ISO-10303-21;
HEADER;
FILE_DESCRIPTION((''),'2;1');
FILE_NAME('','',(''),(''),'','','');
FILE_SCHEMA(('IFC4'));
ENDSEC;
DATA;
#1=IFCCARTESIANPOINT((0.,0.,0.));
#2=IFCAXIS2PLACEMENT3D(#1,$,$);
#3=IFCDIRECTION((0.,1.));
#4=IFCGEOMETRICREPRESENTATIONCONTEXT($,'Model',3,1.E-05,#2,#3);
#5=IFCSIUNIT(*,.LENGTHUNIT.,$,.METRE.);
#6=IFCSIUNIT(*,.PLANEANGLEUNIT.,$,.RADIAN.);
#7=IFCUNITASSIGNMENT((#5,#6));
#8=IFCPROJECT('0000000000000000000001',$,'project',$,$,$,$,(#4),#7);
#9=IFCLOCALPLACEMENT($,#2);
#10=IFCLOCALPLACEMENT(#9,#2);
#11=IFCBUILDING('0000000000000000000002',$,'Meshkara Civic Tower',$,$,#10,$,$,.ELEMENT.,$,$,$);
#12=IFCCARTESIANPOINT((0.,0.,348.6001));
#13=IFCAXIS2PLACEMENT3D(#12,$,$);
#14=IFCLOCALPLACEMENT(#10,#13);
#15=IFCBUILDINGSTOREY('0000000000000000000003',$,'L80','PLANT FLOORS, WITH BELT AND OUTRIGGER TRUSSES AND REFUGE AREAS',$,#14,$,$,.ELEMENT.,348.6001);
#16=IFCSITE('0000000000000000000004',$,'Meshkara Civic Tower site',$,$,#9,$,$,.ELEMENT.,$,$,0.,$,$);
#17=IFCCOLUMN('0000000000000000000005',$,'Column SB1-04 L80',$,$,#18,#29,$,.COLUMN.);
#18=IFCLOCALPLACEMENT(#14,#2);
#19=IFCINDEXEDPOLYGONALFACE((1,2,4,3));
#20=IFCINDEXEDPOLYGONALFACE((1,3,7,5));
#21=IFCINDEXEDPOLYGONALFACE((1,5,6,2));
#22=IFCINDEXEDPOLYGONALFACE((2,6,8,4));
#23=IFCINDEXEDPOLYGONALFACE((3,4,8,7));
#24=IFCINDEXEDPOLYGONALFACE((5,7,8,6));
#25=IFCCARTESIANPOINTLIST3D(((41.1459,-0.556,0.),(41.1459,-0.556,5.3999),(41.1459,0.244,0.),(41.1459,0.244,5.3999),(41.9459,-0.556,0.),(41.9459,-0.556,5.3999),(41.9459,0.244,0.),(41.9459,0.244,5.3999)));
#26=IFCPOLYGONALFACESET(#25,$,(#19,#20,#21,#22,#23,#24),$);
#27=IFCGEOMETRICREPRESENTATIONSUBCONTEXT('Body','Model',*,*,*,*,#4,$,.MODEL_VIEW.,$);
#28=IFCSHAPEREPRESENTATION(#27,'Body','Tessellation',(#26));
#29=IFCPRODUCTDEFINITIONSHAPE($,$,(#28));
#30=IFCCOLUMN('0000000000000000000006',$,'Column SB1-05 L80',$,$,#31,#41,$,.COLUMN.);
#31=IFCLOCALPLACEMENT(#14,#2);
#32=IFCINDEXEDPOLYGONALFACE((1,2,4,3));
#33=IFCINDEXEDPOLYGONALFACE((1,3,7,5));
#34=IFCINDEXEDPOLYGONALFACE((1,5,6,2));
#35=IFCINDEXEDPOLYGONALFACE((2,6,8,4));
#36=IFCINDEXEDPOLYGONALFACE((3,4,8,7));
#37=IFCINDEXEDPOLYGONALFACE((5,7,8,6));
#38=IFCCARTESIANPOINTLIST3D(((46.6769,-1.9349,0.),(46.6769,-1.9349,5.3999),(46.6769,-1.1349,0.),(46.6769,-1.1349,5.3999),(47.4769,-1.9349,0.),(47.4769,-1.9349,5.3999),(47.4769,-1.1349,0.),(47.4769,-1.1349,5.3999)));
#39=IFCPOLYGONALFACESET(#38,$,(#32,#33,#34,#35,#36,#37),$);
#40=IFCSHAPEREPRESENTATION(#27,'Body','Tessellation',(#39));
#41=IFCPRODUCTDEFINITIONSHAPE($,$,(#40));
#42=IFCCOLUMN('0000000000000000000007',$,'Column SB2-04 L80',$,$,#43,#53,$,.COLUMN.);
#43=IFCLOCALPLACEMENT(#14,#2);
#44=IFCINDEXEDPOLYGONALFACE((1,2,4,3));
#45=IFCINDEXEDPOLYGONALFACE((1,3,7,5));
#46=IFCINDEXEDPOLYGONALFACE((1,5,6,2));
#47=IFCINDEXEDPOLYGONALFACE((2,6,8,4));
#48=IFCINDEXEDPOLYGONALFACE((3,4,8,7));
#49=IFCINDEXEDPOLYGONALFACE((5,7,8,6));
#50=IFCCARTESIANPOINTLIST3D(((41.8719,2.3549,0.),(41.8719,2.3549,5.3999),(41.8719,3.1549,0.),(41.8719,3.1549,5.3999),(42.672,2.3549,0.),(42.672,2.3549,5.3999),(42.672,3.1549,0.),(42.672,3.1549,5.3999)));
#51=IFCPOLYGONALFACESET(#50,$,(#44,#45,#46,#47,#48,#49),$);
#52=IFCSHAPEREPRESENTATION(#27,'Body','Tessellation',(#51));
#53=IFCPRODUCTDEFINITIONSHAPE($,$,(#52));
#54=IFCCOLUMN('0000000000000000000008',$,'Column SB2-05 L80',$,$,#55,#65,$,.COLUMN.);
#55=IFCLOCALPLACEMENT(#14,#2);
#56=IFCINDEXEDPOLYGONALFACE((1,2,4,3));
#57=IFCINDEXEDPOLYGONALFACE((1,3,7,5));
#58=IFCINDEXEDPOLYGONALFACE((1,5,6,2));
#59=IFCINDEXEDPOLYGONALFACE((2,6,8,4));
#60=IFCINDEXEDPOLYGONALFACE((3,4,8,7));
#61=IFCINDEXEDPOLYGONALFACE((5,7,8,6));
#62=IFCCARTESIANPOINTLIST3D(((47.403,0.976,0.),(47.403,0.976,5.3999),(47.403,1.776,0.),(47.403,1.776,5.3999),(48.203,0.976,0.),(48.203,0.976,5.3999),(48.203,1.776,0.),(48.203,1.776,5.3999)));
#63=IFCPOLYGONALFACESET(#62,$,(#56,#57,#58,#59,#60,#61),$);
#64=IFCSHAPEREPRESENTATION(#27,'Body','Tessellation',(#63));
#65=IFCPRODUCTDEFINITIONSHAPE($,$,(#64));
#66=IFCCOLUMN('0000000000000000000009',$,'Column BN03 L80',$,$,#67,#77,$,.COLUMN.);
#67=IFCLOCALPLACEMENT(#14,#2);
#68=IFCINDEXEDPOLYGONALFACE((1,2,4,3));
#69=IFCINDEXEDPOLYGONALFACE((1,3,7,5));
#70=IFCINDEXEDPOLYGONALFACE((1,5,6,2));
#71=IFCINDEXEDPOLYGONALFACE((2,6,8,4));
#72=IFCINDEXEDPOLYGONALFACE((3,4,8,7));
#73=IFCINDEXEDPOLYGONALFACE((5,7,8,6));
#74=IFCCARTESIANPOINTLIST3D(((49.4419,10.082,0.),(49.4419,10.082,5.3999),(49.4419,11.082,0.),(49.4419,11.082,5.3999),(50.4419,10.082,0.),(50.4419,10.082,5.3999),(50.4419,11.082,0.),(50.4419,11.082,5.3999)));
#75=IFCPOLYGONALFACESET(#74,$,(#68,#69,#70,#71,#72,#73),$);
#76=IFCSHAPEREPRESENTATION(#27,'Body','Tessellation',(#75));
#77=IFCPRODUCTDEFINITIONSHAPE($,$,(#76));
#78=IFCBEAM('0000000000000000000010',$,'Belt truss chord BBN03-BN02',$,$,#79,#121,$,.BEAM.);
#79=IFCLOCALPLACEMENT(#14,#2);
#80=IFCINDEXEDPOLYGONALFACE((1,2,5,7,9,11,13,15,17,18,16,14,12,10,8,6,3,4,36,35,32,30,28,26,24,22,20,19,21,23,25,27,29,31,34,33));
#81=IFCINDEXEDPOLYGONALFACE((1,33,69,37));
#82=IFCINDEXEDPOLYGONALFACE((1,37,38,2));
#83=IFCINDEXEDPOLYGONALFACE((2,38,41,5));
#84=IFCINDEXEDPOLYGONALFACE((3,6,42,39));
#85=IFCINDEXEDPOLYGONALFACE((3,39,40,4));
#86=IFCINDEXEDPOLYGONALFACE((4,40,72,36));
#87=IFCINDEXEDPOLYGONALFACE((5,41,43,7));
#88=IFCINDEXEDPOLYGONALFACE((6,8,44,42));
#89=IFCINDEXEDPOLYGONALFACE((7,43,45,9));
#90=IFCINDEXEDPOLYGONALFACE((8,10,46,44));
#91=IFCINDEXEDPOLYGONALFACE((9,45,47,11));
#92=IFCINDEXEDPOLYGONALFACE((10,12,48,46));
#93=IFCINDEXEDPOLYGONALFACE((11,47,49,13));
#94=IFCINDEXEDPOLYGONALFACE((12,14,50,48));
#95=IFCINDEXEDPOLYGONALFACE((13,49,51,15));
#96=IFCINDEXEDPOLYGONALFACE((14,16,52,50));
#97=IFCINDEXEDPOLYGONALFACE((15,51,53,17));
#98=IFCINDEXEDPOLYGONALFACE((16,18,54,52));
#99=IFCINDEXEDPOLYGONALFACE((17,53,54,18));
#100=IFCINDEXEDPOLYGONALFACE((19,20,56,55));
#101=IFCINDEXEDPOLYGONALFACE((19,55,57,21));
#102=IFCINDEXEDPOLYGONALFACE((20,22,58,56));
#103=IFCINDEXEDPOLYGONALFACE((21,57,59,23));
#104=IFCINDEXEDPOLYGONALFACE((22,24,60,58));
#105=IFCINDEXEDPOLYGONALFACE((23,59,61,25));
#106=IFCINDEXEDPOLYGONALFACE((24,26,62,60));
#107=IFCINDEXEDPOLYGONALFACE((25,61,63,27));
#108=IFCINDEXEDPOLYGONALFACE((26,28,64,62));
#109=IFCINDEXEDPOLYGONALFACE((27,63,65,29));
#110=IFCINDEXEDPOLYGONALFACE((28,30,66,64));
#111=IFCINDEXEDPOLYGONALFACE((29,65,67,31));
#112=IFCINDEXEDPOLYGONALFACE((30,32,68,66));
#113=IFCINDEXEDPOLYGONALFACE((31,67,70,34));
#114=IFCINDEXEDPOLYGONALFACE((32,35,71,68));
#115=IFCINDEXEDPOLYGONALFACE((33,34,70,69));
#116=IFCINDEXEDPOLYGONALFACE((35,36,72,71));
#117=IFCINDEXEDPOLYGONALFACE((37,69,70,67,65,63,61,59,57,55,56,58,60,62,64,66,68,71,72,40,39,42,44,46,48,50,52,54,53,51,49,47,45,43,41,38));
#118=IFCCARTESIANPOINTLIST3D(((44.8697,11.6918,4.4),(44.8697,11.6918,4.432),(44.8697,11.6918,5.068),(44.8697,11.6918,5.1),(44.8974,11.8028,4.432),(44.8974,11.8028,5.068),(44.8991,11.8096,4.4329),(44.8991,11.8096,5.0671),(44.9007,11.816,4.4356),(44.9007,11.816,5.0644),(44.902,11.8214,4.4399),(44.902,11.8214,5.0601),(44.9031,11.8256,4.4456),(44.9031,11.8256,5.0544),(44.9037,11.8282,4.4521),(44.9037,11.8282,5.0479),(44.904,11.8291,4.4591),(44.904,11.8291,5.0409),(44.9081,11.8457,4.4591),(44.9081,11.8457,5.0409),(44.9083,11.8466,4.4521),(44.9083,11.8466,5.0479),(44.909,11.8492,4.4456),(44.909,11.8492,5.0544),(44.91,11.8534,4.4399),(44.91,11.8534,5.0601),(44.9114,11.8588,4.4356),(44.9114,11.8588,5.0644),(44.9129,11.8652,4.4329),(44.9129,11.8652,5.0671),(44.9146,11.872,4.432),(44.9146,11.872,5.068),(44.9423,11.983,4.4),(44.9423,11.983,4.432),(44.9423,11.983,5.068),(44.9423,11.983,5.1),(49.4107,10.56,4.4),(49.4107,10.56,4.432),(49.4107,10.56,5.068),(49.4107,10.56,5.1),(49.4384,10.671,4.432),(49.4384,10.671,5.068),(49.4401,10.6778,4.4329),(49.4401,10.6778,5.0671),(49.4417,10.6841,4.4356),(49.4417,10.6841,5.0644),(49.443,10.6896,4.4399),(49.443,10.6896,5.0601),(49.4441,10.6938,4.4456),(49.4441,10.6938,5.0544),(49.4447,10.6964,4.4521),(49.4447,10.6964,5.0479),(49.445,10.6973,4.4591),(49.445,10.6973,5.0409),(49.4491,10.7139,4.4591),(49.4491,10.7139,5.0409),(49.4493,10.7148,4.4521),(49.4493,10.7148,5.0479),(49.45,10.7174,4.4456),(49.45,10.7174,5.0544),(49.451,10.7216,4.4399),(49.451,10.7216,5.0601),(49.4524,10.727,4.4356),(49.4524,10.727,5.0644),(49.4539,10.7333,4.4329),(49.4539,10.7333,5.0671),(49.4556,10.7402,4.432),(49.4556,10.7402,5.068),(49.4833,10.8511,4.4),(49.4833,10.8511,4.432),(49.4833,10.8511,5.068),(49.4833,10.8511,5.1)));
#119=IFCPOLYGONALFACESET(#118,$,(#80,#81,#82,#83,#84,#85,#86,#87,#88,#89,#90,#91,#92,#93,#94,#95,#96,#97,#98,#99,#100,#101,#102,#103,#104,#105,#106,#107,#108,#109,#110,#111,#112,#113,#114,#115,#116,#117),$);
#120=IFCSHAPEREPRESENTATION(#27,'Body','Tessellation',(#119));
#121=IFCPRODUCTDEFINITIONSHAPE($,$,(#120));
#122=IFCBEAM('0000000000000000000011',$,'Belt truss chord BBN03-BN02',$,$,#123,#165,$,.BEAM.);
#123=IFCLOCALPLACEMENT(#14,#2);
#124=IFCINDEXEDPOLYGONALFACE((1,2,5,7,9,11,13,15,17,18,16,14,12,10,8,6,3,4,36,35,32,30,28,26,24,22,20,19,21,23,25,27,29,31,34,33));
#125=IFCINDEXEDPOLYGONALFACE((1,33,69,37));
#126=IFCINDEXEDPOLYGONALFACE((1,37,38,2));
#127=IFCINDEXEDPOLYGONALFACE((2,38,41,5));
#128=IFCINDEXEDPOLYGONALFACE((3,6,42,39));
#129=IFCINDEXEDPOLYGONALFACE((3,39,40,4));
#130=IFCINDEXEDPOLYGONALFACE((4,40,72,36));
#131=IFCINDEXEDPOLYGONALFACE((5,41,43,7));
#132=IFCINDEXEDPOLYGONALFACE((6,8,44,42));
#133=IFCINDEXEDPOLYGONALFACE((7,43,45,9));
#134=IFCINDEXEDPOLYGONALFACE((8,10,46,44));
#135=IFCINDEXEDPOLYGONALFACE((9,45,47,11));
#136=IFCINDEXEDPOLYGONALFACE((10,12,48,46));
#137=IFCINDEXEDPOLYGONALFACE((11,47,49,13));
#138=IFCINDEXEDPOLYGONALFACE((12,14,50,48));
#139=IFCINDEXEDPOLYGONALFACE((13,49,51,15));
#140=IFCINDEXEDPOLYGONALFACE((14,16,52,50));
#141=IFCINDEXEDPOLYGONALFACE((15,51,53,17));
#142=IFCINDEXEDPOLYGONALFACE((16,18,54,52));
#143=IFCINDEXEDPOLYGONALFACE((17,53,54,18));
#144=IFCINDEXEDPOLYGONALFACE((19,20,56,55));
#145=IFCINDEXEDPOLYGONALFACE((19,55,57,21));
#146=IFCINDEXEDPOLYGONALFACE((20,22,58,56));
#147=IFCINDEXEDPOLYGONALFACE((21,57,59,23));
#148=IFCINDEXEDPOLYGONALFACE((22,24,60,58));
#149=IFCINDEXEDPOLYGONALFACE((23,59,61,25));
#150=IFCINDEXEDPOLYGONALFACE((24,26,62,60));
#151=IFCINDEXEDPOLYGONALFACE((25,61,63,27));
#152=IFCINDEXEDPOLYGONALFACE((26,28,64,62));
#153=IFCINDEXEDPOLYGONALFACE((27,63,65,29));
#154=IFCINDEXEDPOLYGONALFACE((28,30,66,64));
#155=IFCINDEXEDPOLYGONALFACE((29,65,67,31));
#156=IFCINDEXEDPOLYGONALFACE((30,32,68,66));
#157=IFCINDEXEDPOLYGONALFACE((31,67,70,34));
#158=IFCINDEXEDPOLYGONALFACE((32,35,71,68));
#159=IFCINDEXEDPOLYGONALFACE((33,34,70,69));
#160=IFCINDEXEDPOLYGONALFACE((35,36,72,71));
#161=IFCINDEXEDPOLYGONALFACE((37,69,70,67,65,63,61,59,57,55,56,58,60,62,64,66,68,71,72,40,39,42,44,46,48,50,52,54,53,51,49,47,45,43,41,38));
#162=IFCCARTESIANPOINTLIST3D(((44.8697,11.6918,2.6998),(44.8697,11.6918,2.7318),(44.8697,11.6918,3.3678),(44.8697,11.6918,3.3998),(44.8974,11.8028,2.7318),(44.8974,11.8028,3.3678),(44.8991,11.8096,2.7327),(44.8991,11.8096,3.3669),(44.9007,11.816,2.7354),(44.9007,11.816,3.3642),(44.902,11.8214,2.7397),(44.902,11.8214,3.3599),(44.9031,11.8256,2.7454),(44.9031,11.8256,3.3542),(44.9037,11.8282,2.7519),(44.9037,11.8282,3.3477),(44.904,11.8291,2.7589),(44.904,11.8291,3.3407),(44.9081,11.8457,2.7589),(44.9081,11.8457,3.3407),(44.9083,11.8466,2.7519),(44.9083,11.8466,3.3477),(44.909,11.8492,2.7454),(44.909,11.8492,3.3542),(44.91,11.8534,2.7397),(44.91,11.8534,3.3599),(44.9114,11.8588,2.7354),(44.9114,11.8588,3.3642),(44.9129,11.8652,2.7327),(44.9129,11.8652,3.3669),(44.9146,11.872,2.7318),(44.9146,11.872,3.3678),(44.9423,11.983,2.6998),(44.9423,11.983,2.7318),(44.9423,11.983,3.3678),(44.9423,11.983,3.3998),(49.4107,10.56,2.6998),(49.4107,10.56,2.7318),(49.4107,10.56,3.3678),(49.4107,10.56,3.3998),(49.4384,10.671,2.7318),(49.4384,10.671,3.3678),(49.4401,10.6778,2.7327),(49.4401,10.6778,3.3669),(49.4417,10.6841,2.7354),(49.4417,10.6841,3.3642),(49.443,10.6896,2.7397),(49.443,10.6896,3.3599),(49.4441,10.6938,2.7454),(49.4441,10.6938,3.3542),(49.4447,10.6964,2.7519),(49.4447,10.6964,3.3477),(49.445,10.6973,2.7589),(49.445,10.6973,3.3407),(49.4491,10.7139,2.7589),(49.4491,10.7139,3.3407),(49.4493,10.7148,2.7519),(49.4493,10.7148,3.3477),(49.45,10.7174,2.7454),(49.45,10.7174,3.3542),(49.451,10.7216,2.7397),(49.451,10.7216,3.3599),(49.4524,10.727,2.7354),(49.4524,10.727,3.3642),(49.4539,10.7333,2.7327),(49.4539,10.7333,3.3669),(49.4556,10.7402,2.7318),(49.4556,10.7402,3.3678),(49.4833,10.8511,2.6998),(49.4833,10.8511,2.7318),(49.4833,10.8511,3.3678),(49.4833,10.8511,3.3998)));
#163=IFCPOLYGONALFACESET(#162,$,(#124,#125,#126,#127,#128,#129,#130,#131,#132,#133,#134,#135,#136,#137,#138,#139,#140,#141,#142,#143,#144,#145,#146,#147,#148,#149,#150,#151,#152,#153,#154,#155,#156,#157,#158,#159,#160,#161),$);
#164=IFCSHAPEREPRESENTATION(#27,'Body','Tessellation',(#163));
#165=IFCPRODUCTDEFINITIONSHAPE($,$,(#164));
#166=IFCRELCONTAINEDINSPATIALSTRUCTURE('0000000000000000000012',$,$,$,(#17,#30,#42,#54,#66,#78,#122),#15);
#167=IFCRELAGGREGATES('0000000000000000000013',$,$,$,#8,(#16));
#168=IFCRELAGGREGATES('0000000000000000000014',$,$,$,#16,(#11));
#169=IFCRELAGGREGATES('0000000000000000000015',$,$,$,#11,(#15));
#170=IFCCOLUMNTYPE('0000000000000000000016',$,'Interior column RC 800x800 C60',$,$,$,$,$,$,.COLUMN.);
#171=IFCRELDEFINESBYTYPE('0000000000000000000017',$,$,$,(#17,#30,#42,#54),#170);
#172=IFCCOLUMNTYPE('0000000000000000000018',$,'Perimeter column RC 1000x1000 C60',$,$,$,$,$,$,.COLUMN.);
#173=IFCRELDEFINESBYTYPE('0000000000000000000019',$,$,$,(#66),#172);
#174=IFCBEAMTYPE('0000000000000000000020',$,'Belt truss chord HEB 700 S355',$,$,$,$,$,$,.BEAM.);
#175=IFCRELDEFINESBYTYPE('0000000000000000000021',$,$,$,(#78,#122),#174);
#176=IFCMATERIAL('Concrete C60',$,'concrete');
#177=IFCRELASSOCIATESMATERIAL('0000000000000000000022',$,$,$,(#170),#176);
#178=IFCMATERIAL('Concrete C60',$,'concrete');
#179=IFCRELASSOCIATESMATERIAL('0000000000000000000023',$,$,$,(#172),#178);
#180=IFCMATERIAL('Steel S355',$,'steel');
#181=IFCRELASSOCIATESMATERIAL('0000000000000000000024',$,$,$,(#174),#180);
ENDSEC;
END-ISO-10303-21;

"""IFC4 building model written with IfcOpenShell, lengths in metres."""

from ifc_helpers import new_model, si_unit, direction, frame, origin, origin_2d, place, context, subcontext, project, spatial, rectangle, i_section, extrude, material, material_profile, profile_set, type_object, element, save


model = new_model("IFC4")

# Units and contexts
model_context = context("Model", 3, precision=1e-05, world=origin(), true_north=direction((0.0, 1.0)))
body_context = subcontext(model_context, "Body", "Model", "MODEL_VIEW")
ifc_project = project(units=[si_unit("LENGTHUNIT", "METRE"), si_unit("PLANEANGLEUNIT", "RADIAN")], contexts=[model_context])

# Site, building, storey
site_placement = place(None, origin())
site = spatial("IfcSite", under=ifc_project, at=site_placement, Name="Meshkara Civic Tower site", CompositionType="ELEMENT", RefElevation=0.0)
building_placement = place(site_placement, origin())
building = spatial("IfcBuilding", under=site, at=building_placement, Name="Meshkara Civic Tower", CompositionType="ELEMENT")
storey_placement = place(building_placement, frame((0.0, 0.0, 348.6001)))
storey = spatial("IfcBuildingStorey", under=building, at=storey_placement, Name="L80", Description="PLANT FLOORS, WITH BELT AND OUTRIGGER TRUSSES AND REFUGE AREAS", CompositionType="ELEMENT", Elevation=348.6001)

# Columns
ifc_material_1 = material(Name="Concrete C60", Category="concrete")
ifc_material_profile_1 = material_profile(ifc_material_1, rectangle(XDim=0.8, YDim=0.8, at=origin_2d()))
ifc_profile_set_1 = profile_set([ifc_material_profile_1], Name="Concrete C60")
column_type_1 = type_object("IfcColumnType", Name="Interior column RC 800x800 C60", PredefinedType="COLUMN", material=ifc_profile_set_1)
for number, where, z_axis, x_axis, name in (
    (1, (41.5459, -0.156, 0.0), (0.0, 0.0, 1.0), (1.0, 0.0, 0.0), "Column SB1-04 L80"),
    (2, (47.0769, -1.5349, 0.0), (0.0, 0.0, 1.0), (1.0, 0.0, 0.0), "Column SB1-05 L80"),
    (3, (42.272, 2.7549, 0.0), (0.0, 0.0, 1.0), (1.0, 0.0, 0.0), "Column SB2-04 L80"),
    (4, (47.803, 1.376, 0.0), (0.0, 0.0, 1.0), (1.0, 0.0, 0.0), "Column SB2-05 L80"),
):
    element("IfcColumn", number, at=place(storey_placement, frame(where, z_axis=z_axis, x_axis=x_axis)), inside=storey, type_object=column_type_1, Name=name, PredefinedType="COLUMN", context=body_context, shape_type="SweptSolid", body=[
        extrude(rectangle(XDim=0.8, YDim=0.8, at=origin_2d()), origin(), (0.0, 0.0, 1.0), 5.3999),
    ])
ifc_material_2 = material(Name="Concrete C60", Category="concrete")
ifc_material_profile_2 = material_profile(ifc_material_2, rectangle(XDim=1.0, YDim=1.0, at=origin_2d()))
ifc_profile_set_2 = profile_set([ifc_material_profile_2], Name="Concrete C60")
column_type_2 = type_object("IfcColumnType", Name="Perimeter column RC 1000x1000 C60", PredefinedType="COLUMN", material=ifc_profile_set_2)
column_placement = place(storey_placement, frame((49.9419, 10.582, 0.0), z_axis=(0.0, 0.0, 1.0), x_axis=(1.0, 0.0, 0.0)))
element("IfcColumn", 5, at=column_placement, inside=storey, type_object=column_type_2, Name="Column BN03 L80", PredefinedType="COLUMN", context=body_context, shape_type="SweptSolid", body=[
    extrude(rectangle(XDim=1.0, YDim=1.0, at=origin_2d()), origin(), (0.0, 0.0, 1.0), 5.3999),
])

# Beams
ifc_material_3 = material(Name="Steel S355", Category="steel")
ifc_material_profile_3 = material_profile(ifc_material_3, i_section(OverallWidth=0.3, OverallDepth=0.7, WebThickness=0.0171, FlangeThickness=0.032, FilletRadius=0.0271, at=origin_2d()))
ifc_profile_set_3 = profile_set([ifc_material_profile_3], Name="Steel S355")
beam_type_1 = type_object("IfcBeamType", Name="Belt truss chord HEB 700 S355", PredefinedType="BEAM", material=ifc_profile_set_3)
for number, where, z_axis, x_axis, name in (
    (6, (49.447, 10.7056, 4.75), (-0.970314, 0.241848, 0.0), (-0.241848, -0.970314, 0.0), "Belt truss chord BBN03-BN02"),
    (7, (49.447, 10.7056, 3.0498), (-0.970314, 0.241848, 0.0), (-0.241848, -0.970314, 0.0), "Belt truss chord BBN03-BN02"),
):
    element("IfcBeam", number, at=place(storey_placement, frame(where, z_axis=z_axis, x_axis=x_axis)), inside=storey, type_object=beam_type_1, Name=name, PredefinedType="BEAM", context=body_context, shape_type="SweptSolid", body=[
        extrude(i_section(OverallWidth=0.3, OverallDepth=0.7, WebThickness=0.0171, FlangeThickness=0.032, FilletRadius=0.0271, at=origin_2d()), origin(), (0.0, 0.0, 1.0), 4.6799),
    ])

save(model, "model.ifc")
